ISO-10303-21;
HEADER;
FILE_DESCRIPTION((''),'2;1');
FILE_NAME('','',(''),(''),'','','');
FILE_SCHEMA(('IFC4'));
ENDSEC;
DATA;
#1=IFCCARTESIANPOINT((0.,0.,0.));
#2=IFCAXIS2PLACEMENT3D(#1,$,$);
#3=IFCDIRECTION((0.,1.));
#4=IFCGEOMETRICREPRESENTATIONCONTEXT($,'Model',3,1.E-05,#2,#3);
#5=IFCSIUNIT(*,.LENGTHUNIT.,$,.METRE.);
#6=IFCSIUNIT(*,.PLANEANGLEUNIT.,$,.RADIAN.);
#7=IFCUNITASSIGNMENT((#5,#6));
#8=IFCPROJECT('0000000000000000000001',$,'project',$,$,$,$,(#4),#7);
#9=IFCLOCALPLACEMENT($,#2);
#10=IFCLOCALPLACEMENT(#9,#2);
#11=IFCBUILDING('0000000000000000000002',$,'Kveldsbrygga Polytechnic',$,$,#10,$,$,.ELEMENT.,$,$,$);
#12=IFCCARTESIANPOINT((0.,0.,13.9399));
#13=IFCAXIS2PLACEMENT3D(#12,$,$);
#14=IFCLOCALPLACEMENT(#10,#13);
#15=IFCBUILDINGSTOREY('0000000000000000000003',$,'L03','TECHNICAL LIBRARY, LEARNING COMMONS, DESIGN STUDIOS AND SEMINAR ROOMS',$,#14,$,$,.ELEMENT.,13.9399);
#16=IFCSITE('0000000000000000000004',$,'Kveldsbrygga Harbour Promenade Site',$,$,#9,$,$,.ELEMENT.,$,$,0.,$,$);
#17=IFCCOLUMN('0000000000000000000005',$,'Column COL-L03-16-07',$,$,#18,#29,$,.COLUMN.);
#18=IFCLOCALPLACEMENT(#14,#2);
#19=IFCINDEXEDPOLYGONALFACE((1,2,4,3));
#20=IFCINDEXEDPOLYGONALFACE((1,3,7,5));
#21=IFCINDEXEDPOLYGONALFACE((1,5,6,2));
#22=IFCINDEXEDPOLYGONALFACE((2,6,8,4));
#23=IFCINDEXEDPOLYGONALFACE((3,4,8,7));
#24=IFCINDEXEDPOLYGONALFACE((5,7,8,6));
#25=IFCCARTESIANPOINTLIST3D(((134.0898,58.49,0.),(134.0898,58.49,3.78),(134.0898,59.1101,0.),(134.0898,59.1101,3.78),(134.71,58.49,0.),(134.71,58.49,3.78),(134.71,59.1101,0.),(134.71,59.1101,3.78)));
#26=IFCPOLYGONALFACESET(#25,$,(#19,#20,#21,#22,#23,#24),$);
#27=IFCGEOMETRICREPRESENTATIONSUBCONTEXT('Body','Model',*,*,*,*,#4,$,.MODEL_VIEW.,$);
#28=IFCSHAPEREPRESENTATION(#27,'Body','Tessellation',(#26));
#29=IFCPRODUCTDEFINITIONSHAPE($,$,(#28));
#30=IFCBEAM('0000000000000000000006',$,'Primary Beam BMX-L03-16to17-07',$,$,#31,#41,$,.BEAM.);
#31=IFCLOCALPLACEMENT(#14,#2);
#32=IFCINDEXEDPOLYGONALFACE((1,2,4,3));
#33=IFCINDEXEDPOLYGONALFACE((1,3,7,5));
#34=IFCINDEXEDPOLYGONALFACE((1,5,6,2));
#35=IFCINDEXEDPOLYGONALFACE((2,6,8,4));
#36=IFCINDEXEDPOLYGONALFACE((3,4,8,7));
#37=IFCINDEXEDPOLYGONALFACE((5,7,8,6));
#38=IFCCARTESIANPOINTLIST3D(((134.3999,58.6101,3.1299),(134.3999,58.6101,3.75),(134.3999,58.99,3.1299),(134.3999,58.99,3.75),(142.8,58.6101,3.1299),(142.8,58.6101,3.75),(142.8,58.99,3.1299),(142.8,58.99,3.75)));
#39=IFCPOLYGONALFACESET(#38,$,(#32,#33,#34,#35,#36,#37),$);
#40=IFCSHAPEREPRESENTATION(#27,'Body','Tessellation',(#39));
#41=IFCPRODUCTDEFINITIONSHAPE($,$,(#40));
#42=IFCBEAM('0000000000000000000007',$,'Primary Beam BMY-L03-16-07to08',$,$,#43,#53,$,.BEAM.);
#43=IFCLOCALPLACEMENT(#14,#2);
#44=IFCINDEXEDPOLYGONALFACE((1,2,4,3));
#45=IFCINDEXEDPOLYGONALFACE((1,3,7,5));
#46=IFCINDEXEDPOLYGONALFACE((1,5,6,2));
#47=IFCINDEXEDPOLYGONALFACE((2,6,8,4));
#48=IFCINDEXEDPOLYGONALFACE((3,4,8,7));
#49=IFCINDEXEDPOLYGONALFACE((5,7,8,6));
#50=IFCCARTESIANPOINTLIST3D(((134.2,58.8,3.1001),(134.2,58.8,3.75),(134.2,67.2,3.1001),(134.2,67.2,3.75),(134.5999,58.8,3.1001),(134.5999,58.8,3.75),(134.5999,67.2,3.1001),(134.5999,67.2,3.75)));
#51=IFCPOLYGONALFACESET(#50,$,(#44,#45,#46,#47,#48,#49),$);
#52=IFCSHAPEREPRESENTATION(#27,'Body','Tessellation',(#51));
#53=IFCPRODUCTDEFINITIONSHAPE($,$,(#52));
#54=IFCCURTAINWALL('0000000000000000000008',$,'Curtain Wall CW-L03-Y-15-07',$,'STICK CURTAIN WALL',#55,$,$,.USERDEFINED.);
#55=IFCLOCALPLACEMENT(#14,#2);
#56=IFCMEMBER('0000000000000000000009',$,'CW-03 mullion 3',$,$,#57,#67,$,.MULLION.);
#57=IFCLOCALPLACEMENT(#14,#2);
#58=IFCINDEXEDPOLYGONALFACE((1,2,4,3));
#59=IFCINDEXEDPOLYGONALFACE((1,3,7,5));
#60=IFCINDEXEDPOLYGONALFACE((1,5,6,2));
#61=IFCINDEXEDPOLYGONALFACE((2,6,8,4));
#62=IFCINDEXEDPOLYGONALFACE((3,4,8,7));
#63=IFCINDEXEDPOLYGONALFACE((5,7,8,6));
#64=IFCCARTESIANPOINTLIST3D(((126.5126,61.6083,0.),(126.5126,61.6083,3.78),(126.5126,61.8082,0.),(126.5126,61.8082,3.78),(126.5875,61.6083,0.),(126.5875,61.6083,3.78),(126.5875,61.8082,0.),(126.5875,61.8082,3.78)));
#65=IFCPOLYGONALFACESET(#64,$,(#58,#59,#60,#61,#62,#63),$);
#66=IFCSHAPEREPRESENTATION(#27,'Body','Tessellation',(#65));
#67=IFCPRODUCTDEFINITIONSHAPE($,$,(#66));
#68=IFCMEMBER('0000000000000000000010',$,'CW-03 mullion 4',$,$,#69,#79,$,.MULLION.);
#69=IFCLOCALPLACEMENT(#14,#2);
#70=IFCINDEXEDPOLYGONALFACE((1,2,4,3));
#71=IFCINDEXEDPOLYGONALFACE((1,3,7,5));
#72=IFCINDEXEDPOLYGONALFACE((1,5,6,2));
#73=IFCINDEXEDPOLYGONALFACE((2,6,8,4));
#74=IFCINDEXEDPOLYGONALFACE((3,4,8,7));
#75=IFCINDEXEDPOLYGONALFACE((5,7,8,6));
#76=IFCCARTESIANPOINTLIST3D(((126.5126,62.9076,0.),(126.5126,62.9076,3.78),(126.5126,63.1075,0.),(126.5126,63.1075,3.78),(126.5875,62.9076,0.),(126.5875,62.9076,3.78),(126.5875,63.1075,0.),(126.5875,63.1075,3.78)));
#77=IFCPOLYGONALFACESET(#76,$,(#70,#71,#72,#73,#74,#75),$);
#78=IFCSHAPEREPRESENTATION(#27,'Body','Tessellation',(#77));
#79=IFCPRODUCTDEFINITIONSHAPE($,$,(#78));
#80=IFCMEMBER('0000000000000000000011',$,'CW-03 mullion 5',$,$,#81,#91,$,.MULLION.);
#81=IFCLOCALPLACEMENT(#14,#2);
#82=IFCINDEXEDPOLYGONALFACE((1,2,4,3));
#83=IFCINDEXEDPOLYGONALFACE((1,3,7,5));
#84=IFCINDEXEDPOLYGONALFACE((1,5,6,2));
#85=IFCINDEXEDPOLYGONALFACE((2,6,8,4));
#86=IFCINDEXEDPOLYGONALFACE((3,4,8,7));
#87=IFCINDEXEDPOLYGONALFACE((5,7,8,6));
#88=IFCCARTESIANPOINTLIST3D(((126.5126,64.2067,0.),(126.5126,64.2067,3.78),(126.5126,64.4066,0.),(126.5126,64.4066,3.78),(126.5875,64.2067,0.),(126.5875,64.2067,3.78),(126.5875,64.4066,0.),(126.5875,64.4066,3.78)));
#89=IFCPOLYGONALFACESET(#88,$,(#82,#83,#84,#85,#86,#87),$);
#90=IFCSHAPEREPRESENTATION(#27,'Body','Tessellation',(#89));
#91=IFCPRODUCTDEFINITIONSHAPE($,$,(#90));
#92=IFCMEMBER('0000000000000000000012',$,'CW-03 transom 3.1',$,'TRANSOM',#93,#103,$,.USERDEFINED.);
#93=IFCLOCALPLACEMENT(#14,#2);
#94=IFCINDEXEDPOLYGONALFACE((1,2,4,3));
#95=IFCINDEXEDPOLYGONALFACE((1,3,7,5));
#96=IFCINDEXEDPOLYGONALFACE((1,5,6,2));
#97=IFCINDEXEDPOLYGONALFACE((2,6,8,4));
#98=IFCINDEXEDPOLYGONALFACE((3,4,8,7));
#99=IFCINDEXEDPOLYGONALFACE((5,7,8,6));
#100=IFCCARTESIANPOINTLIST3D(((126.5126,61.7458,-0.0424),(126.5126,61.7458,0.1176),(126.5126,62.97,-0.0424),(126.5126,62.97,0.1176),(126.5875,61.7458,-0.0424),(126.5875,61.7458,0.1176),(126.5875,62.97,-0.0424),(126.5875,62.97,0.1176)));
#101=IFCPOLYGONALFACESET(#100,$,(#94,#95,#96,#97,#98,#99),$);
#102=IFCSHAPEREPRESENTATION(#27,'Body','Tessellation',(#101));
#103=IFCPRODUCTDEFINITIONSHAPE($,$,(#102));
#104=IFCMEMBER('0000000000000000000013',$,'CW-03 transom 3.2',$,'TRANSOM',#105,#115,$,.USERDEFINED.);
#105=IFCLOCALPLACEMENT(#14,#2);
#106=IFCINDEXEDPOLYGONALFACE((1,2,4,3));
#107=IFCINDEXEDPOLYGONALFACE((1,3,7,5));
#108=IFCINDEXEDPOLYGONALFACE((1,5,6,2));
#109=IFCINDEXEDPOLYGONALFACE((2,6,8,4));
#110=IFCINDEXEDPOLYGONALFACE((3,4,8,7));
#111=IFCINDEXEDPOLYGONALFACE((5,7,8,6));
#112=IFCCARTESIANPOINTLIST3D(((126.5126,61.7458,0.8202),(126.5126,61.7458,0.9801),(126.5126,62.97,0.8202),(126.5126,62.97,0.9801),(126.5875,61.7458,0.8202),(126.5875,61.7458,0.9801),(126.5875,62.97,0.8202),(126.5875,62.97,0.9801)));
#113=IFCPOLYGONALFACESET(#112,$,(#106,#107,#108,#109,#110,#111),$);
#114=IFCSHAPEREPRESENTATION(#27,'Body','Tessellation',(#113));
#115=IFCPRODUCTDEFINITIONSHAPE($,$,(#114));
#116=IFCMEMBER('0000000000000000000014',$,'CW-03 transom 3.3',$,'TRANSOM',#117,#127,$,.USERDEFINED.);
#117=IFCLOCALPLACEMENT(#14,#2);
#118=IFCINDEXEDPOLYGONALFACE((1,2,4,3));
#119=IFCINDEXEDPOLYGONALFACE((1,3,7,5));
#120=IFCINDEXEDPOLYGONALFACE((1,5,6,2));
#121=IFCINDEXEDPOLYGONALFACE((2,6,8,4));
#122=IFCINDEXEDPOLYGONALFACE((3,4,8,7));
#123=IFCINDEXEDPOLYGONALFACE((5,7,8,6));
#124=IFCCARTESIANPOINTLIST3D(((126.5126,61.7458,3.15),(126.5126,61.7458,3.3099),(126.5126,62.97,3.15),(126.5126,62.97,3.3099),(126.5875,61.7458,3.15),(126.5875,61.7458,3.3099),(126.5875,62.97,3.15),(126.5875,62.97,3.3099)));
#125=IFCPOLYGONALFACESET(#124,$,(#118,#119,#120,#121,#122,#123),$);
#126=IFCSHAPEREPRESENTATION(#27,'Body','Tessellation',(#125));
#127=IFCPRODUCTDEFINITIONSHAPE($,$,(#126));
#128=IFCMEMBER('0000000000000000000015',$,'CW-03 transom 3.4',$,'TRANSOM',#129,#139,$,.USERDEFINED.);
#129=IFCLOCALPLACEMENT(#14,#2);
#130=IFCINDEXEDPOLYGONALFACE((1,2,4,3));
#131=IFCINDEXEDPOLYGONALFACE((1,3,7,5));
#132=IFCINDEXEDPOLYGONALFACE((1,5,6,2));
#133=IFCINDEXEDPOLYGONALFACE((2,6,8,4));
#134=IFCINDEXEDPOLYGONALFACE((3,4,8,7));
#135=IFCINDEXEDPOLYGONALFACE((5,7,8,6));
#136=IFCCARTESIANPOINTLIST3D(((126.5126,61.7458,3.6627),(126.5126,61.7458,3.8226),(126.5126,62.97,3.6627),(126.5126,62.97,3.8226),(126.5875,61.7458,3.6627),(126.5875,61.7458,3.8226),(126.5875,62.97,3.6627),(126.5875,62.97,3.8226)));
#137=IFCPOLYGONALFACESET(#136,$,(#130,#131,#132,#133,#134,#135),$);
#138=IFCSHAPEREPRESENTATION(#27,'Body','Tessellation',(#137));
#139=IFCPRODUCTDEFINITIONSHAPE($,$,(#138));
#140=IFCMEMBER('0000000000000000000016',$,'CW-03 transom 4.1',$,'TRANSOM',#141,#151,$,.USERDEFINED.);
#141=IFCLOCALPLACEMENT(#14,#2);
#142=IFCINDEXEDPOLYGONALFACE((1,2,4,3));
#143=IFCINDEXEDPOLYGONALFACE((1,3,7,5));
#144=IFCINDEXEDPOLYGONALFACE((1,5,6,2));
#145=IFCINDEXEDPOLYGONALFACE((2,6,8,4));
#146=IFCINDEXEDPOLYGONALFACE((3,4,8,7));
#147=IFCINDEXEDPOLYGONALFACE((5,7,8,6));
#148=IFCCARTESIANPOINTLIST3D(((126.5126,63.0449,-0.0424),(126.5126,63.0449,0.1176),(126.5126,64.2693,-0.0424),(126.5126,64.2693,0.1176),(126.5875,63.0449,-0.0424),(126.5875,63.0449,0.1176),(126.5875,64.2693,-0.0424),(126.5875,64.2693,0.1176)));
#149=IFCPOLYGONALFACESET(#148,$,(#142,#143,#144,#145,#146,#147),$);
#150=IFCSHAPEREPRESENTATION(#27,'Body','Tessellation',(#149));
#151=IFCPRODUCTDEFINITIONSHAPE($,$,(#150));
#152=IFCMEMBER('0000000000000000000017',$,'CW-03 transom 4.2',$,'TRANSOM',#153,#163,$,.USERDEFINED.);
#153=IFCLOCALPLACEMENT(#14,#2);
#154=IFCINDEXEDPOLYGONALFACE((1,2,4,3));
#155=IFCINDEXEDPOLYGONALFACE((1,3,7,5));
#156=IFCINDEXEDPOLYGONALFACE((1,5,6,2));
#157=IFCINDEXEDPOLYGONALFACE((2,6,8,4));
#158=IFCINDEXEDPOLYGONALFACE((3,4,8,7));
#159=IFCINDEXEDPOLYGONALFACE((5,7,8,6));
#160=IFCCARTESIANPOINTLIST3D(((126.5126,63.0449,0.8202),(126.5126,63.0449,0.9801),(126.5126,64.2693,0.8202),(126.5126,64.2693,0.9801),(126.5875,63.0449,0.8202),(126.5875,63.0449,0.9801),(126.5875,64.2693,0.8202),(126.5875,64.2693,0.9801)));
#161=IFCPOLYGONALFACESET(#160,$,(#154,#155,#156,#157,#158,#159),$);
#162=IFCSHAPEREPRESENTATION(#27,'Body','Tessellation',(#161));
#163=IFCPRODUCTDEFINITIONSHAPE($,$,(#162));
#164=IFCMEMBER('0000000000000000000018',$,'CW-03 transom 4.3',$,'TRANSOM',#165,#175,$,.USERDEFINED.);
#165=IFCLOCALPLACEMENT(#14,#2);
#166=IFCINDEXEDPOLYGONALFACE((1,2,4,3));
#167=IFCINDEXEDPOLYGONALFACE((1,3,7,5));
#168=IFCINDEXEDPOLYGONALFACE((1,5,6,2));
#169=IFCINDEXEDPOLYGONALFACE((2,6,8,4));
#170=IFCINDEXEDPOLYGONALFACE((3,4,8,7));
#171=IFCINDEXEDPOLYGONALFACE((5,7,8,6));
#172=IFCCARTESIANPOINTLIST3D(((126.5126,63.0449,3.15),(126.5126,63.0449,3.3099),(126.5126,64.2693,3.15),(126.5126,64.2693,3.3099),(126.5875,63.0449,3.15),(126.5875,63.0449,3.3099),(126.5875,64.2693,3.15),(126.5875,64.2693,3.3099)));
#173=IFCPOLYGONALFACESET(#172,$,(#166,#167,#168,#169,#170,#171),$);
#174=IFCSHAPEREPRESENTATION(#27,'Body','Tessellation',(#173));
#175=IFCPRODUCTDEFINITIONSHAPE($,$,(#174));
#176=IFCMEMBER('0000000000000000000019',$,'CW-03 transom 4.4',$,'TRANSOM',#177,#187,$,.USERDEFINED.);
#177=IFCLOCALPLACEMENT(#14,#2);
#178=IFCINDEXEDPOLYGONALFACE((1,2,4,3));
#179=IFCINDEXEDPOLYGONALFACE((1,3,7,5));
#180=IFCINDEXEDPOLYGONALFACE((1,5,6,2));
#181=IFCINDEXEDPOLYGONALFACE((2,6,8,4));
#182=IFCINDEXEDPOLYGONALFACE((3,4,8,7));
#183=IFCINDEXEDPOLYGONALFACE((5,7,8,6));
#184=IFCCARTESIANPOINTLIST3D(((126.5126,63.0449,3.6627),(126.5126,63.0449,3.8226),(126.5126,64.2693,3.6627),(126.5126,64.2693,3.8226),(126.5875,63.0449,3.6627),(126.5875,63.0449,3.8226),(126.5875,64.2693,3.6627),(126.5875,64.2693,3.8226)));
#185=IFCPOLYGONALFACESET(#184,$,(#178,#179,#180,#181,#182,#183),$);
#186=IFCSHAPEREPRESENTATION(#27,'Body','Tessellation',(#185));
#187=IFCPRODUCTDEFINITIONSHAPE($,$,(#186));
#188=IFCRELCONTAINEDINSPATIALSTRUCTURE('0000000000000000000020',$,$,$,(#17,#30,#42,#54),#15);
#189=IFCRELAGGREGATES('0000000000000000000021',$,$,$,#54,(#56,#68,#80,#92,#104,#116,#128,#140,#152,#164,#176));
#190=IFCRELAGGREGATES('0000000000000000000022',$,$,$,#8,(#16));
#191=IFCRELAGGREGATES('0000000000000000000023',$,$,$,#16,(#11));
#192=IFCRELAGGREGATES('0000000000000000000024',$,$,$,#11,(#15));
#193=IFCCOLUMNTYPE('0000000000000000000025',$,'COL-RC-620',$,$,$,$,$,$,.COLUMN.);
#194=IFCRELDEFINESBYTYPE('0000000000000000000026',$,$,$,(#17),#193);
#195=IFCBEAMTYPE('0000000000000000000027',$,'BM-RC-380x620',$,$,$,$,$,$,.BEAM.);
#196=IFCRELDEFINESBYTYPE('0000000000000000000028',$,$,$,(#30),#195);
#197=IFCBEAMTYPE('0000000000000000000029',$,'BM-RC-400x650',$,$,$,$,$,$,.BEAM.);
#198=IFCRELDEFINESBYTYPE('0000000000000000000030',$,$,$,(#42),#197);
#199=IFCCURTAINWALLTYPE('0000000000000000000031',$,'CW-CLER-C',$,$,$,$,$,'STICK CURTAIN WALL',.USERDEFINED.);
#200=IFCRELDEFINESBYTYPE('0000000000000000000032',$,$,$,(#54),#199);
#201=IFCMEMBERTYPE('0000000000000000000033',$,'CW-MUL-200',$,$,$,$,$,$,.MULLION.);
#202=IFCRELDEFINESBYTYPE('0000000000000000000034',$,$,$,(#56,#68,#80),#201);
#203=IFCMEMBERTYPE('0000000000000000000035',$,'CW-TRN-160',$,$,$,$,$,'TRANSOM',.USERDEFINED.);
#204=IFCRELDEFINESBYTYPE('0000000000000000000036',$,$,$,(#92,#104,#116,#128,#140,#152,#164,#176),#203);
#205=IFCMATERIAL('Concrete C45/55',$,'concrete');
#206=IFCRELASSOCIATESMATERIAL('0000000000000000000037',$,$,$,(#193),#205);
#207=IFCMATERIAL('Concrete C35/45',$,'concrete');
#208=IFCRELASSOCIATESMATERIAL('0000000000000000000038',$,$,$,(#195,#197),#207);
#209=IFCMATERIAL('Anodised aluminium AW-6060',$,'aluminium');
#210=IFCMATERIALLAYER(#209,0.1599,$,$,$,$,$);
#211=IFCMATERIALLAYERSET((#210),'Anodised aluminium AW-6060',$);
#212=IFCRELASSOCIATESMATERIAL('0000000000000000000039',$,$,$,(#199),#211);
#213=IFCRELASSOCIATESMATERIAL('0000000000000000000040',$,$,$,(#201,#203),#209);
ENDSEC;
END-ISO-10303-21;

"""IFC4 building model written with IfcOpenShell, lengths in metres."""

from ifc_helpers import new_model, si_unit, direction, frame, origin, origin_2d, place, context, subcontext, project, spatial, rectangle, extrude, material, layer, layer_set, material_profile, profile_set, type_object, element, aggregate, save


model = new_model("IFC4")

# Units and contexts
model_context = context("Model", 3, precision=1e-05, world=origin(), true_north=direction((0.0, 1.0)))
body_context = subcontext(model_context, "Body", "Model", "MODEL_VIEW")
ifc_project = project(units=[si_unit("LENGTHUNIT", "METRE"), si_unit("PLANEANGLEUNIT", "RADIAN")], contexts=[model_context])

# Site, building, storey
site_placement = place(None, origin())
site = spatial("IfcSite", under=ifc_project, at=site_placement, Name="Kveldsbrygga Harbour Promenade Site", CompositionType="ELEMENT", RefElevation=0.0)
building_placement = place(site_placement, origin())
building = spatial("IfcBuilding", under=site, at=building_placement, Name="Kveldsbrygga Polytechnic", CompositionType="ELEMENT")
storey_placement = place(building_placement, frame((0.0, 0.0, 13.9399)))
storey = spatial("IfcBuildingStorey", under=building, at=storey_placement, Name="L03", Description="TECHNICAL LIBRARY, LEARNING COMMONS, DESIGN STUDIOS AND SEMINAR ROOMS", CompositionType="ELEMENT", Elevation=13.9399)

# Column
ifc_material_1 = material(Name="Concrete C45/55", Category="concrete")
ifc_material_profile_1 = material_profile(ifc_material_1, rectangle(XDim=0.6201, YDim=0.6201, at=origin_2d()), Name="RC 620x620")
ifc_profile_set_1 = profile_set([ifc_material_profile_1], Name="Concrete C45/55")
column_type = type_object("IfcColumnType", Name="COL-RC-620", PredefinedType="COLUMN", material=ifc_profile_set_1)
column_placement = place(storey_placement, frame((134.3999, 58.8, 0.0), z_axis=(0.0, 0.0, 1.0), x_axis=(1.0, 0.0, 0.0)))
element("IfcColumn", 1, at=column_placement, inside=storey, type_object=column_type, Name="Column COL-L03-16-07", PredefinedType="COLUMN", context=body_context, shape_type="SweptSolid", body=[
    extrude(rectangle(XDim=0.6201, YDim=0.6201, at=origin_2d()), origin(), (0.0, 0.0, 1.0), 3.78),
])

# Beams
ifc_material_2 = material(Name="Concrete C35/45", Category="concrete")
ifc_material_profile_2 = material_profile(ifc_material_2, rectangle(XDim=0.3799, YDim=0.6201, at=origin_2d()), Name="RC 380x620")
ifc_profile_set_2 = profile_set([ifc_material_profile_2], Name="Concrete C35/45")
beam_type_1 = type_object("IfcBeamType", Name="BM-RC-380x620", PredefinedType="BEAM", material=ifc_profile_set_2)
beam_1_placement = place(storey_placement, frame((134.3999, 58.8, 3.4399), z_axis=(1.0, 0.0, 0.0), x_axis=(0.0, 1.0, 0.0)))
element("IfcBeam", 2, at=beam_1_placement, inside=storey, type_object=beam_type_1, Name="Primary Beam BMX-L03-16to17-07", PredefinedType="BEAM", context=body_context, shape_type="SweptSolid", body=[
    extrude(rectangle(XDim=0.3799, YDim=0.6201, at=origin_2d()), origin(), (0.0, 0.0, 1.0), 8.4001),
])
ifc_material_profile_3 = material_profile(ifc_material_2, rectangle(XDim=0.3999, YDim=0.6499, at=origin_2d()), Name="RC 400x650")
ifc_profile_set_3 = profile_set([ifc_material_profile_3], Name="Concrete C35/45")
beam_type_2 = type_object("IfcBeamType", Name="BM-RC-400x650", PredefinedType="BEAM", material=ifc_profile_set_3)
beam_2_placement = place(storey_placement, frame((134.3999, 58.8, 3.425), z_axis=(0.0, 1.0, 0.0), x_axis=(-1.0, 0.0, 0.0)))
element("IfcBeam", 3, at=beam_2_placement, inside=storey, type_object=beam_type_2, Name="Primary Beam BMY-L03-16-07to08", PredefinedType="BEAM", context=body_context, shape_type="SweptSolid", body=[
    extrude(rectangle(XDim=0.3999, YDim=0.6499, at=origin_2d()), origin(), (0.0, 0.0, 1.0), 8.3999),
])

# Curtain wall, members
ifc_material_3 = material(Name="Anodised aluminium AW-6060", Category="aluminium")
ifc_layer_1 = layer(ifc_material_3, 0.1599)
ifc_layer_set_1 = layer_set([ifc_layer_1], Name="Anodised aluminium AW-6060")
curtain_wall_type = type_object("IfcCurtainWallType", Name="CW-CLER-C", ElementType="STICK CURTAIN WALL", PredefinedType="USERDEFINED", material=ifc_layer_set_1)
curtain_wall_placement = place(storey_placement, origin())
curtain_wall = element("IfcCurtainWall", 4, at=curtain_wall_placement, inside=storey, type_object=curtain_wall_type, Name="Curtain Wall CW-L03-Y-15-07", ObjectType="STICK CURTAIN WALL", PredefinedType="USERDEFINED")
ifc_material_profile_4 = material_profile(ifc_material_3, rectangle(XDim=0.075, YDim=0.2, at=origin_2d()), Name="ALU 75x200")
ifc_profile_set_4 = profile_set([ifc_material_profile_4], Name="Anodised aluminium AW-6060")
member_type_1 = type_object("IfcMemberType", Name="CW-MUL-200", PredefinedType="MULLION", material=ifc_profile_set_4)
member_1_placement = place(storey_placement, frame((126.55, 61.7083, 0.0), z_axis=(0.0, 0.0, 1.0), x_axis=(-1.0, 0.0, 0.0)))
member_1 = element("IfcMember", 5, at=member_1_placement, type_object=member_type_1, Name="CW-03 mullion 3", PredefinedType="MULLION", context=body_context, shape_type="SweptSolid", body=[
    extrude(rectangle(XDim=0.075, YDim=0.2, at=origin_2d()), origin(), (0.0, 0.0, 1.0), 3.78),
])
member_2_placement = place(storey_placement, frame((126.55, 63.0076, 0.0), z_axis=(0.0, 0.0, 1.0), x_axis=(-1.0, 0.0, 0.0)))
member_2 = element("IfcMember", 6, at=member_2_placement, type_object=member_type_1, Name="CW-03 mullion 4", PredefinedType="MULLION", context=body_context, shape_type="SweptSolid", body=[
    extrude(rectangle(XDim=0.075, YDim=0.2, at=origin_2d()), origin(), (0.0, 0.0, 1.0), 3.78),
])
member_3_placement = place(storey_placement, frame((126.55, 64.3066, 0.0), z_axis=(0.0, 0.0, 1.0), x_axis=(-1.0, 0.0, 0.0)))
member_3 = element("IfcMember", 7, at=member_3_placement, type_object=member_type_1, Name="CW-03 mullion 5", PredefinedType="MULLION", context=body_context, shape_type="SweptSolid", body=[
    extrude(rectangle(XDim=0.075, YDim=0.2, at=origin_2d()), origin(), (0.0, 0.0, 1.0), 3.78),
])
ifc_material_profile_5 = material_profile(ifc_material_3, rectangle(XDim=0.075, YDim=0.1599, at=origin_2d()), Name="ALU 75x160")
ifc_profile_set_5 = profile_set([ifc_material_profile_5], Name="Anodised aluminium AW-6060")
member_type_2 = type_object("IfcMemberType", Name="CW-TRN-160", ElementType="TRANSOM", PredefinedType="USERDEFINED", material=ifc_profile_set_5)
member_4_placement = place(storey_placement, frame((126.55, 61.7458, 0.0376), z_axis=(0.0, 1.0, 0.0), x_axis=(-1.0, 0.0, 0.0)))
member_4 = element("IfcMember", 8, at=member_4_placement, type_object=member_type_2, Name="CW-03 transom 3.1", ObjectType="TRANSOM", PredefinedType="USERDEFINED", context=body_context, shape_type="SweptSolid", body=[
    extrude(rectangle(XDim=0.075, YDim=0.1599, at=origin_2d()), origin(), (0.0, 0.0, 1.0), 1.2241),
])
member_5_placement = place(storey_placement, frame((126.55, 61.7458, 0.9001), z_axis=(0.0, 1.0, 0.0), x_axis=(-1.0, 0.0, 0.0)))
member_5 = element("IfcMember", 9, at=member_5_placement, type_object=member_type_2, Name="CW-03 transom 3.2", ObjectType="TRANSOM", PredefinedType="USERDEFINED", context=body_context, shape_type="SweptSolid", body=[
    extrude(rectangle(XDim=0.075, YDim=0.1599, at=origin_2d()), origin(), (0.0, 0.0, 1.0), 1.2241),
])
member_6_placement = place(storey_placement, frame((126.55, 61.7458, 3.23), z_axis=(0.0, 1.0, 0.0), x_axis=(-1.0, 0.0, 0.0)))
member_6 = element("IfcMember", 10, at=member_6_placement, type_object=member_type_2, Name="CW-03 transom 3.3", ObjectType="TRANSOM", PredefinedType="USERDEFINED", context=body_context, shape_type="SweptSolid", body=[
    extrude(rectangle(XDim=0.075, YDim=0.1599, at=origin_2d()), origin(), (0.0, 0.0, 1.0), 1.2241),
])
member_7_placement = place(storey_placement, frame((126.55, 61.7458, 3.7427), z_axis=(0.0, 1.0, 0.0), x_axis=(-1.0, 0.0, 0.0)))
member_7 = element("IfcMember", 11, at=member_7_placement, type_object=member_type_2, Name="CW-03 transom 3.4", ObjectType="TRANSOM", PredefinedType="USERDEFINED", context=body_context, shape_type="SweptSolid", body=[
    extrude(rectangle(XDim=0.075, YDim=0.1599, at=origin_2d()), origin(), (0.0, 0.0, 1.0), 1.2241),
])
member_8_placement = place(storey_placement, frame((126.55, 63.0449, 0.0376), z_axis=(0.0, 1.0, 0.0), x_axis=(-1.0, 0.0, 0.0)))
member_8 = element("IfcMember", 12, at=member_8_placement, type_object=member_type_2, Name="CW-03 transom 4.1", ObjectType="TRANSOM", PredefinedType="USERDEFINED", context=body_context, shape_type="SweptSolid", body=[
    extrude(rectangle(XDim=0.075, YDim=0.1599, at=origin_2d()), origin(), (0.0, 0.0, 1.0), 1.2244),
])
member_9_placement = place(storey_placement, frame((126.55, 63.0449, 0.9001), z_axis=(0.0, 1.0, 0.0), x_axis=(-1.0, 0.0, 0.0)))
member_9 = element("IfcMember", 13, at=member_9_placement, type_object=member_type_2, Name="CW-03 transom 4.2", ObjectType="TRANSOM", PredefinedType="USERDEFINED", context=body_context, shape_type="SweptSolid", body=[
    extrude(rectangle(XDim=0.075, YDim=0.1599, at=origin_2d()), origin(), (0.0, 0.0, 1.0), 1.2244),
])
member_10_placement = place(storey_placement, frame((126.55, 63.0449, 3.23), z_axis=(0.0, 1.0, 0.0), x_axis=(-1.0, 0.0, 0.0)))
member_10 = element("IfcMember", 14, at=member_10_placement, type_object=member_type_2, Name="CW-03 transom 4.3", ObjectType="TRANSOM", PredefinedType="USERDEFINED", context=body_context, shape_type="SweptSolid", body=[
    extrude(rectangle(XDim=0.075, YDim=0.1599, at=origin_2d()), origin(), (0.0, 0.0, 1.0), 1.2244),
])
member_11_placement = place(storey_placement, frame((126.55, 63.0449, 3.7427), z_axis=(0.0, 1.0, 0.0), x_axis=(-1.0, 0.0, 0.0)))
member_11 = element("IfcMember", 15, at=member_11_placement, type_object=member_type_2, Name="CW-03 transom 4.4", ObjectType="TRANSOM", PredefinedType="USERDEFINED", context=body_context, shape_type="SweptSolid", body=[
    extrude(rectangle(XDim=0.075, YDim=0.1599, at=origin_2d()), origin(), (0.0, 0.0, 1.0), 1.2244),
])
aggregate(curtain_wall, [member_1, member_2, member_3, member_4, member_5, member_6, member_7, member_8, member_9, member_10, member_11])

save(model, "model.ifc")
